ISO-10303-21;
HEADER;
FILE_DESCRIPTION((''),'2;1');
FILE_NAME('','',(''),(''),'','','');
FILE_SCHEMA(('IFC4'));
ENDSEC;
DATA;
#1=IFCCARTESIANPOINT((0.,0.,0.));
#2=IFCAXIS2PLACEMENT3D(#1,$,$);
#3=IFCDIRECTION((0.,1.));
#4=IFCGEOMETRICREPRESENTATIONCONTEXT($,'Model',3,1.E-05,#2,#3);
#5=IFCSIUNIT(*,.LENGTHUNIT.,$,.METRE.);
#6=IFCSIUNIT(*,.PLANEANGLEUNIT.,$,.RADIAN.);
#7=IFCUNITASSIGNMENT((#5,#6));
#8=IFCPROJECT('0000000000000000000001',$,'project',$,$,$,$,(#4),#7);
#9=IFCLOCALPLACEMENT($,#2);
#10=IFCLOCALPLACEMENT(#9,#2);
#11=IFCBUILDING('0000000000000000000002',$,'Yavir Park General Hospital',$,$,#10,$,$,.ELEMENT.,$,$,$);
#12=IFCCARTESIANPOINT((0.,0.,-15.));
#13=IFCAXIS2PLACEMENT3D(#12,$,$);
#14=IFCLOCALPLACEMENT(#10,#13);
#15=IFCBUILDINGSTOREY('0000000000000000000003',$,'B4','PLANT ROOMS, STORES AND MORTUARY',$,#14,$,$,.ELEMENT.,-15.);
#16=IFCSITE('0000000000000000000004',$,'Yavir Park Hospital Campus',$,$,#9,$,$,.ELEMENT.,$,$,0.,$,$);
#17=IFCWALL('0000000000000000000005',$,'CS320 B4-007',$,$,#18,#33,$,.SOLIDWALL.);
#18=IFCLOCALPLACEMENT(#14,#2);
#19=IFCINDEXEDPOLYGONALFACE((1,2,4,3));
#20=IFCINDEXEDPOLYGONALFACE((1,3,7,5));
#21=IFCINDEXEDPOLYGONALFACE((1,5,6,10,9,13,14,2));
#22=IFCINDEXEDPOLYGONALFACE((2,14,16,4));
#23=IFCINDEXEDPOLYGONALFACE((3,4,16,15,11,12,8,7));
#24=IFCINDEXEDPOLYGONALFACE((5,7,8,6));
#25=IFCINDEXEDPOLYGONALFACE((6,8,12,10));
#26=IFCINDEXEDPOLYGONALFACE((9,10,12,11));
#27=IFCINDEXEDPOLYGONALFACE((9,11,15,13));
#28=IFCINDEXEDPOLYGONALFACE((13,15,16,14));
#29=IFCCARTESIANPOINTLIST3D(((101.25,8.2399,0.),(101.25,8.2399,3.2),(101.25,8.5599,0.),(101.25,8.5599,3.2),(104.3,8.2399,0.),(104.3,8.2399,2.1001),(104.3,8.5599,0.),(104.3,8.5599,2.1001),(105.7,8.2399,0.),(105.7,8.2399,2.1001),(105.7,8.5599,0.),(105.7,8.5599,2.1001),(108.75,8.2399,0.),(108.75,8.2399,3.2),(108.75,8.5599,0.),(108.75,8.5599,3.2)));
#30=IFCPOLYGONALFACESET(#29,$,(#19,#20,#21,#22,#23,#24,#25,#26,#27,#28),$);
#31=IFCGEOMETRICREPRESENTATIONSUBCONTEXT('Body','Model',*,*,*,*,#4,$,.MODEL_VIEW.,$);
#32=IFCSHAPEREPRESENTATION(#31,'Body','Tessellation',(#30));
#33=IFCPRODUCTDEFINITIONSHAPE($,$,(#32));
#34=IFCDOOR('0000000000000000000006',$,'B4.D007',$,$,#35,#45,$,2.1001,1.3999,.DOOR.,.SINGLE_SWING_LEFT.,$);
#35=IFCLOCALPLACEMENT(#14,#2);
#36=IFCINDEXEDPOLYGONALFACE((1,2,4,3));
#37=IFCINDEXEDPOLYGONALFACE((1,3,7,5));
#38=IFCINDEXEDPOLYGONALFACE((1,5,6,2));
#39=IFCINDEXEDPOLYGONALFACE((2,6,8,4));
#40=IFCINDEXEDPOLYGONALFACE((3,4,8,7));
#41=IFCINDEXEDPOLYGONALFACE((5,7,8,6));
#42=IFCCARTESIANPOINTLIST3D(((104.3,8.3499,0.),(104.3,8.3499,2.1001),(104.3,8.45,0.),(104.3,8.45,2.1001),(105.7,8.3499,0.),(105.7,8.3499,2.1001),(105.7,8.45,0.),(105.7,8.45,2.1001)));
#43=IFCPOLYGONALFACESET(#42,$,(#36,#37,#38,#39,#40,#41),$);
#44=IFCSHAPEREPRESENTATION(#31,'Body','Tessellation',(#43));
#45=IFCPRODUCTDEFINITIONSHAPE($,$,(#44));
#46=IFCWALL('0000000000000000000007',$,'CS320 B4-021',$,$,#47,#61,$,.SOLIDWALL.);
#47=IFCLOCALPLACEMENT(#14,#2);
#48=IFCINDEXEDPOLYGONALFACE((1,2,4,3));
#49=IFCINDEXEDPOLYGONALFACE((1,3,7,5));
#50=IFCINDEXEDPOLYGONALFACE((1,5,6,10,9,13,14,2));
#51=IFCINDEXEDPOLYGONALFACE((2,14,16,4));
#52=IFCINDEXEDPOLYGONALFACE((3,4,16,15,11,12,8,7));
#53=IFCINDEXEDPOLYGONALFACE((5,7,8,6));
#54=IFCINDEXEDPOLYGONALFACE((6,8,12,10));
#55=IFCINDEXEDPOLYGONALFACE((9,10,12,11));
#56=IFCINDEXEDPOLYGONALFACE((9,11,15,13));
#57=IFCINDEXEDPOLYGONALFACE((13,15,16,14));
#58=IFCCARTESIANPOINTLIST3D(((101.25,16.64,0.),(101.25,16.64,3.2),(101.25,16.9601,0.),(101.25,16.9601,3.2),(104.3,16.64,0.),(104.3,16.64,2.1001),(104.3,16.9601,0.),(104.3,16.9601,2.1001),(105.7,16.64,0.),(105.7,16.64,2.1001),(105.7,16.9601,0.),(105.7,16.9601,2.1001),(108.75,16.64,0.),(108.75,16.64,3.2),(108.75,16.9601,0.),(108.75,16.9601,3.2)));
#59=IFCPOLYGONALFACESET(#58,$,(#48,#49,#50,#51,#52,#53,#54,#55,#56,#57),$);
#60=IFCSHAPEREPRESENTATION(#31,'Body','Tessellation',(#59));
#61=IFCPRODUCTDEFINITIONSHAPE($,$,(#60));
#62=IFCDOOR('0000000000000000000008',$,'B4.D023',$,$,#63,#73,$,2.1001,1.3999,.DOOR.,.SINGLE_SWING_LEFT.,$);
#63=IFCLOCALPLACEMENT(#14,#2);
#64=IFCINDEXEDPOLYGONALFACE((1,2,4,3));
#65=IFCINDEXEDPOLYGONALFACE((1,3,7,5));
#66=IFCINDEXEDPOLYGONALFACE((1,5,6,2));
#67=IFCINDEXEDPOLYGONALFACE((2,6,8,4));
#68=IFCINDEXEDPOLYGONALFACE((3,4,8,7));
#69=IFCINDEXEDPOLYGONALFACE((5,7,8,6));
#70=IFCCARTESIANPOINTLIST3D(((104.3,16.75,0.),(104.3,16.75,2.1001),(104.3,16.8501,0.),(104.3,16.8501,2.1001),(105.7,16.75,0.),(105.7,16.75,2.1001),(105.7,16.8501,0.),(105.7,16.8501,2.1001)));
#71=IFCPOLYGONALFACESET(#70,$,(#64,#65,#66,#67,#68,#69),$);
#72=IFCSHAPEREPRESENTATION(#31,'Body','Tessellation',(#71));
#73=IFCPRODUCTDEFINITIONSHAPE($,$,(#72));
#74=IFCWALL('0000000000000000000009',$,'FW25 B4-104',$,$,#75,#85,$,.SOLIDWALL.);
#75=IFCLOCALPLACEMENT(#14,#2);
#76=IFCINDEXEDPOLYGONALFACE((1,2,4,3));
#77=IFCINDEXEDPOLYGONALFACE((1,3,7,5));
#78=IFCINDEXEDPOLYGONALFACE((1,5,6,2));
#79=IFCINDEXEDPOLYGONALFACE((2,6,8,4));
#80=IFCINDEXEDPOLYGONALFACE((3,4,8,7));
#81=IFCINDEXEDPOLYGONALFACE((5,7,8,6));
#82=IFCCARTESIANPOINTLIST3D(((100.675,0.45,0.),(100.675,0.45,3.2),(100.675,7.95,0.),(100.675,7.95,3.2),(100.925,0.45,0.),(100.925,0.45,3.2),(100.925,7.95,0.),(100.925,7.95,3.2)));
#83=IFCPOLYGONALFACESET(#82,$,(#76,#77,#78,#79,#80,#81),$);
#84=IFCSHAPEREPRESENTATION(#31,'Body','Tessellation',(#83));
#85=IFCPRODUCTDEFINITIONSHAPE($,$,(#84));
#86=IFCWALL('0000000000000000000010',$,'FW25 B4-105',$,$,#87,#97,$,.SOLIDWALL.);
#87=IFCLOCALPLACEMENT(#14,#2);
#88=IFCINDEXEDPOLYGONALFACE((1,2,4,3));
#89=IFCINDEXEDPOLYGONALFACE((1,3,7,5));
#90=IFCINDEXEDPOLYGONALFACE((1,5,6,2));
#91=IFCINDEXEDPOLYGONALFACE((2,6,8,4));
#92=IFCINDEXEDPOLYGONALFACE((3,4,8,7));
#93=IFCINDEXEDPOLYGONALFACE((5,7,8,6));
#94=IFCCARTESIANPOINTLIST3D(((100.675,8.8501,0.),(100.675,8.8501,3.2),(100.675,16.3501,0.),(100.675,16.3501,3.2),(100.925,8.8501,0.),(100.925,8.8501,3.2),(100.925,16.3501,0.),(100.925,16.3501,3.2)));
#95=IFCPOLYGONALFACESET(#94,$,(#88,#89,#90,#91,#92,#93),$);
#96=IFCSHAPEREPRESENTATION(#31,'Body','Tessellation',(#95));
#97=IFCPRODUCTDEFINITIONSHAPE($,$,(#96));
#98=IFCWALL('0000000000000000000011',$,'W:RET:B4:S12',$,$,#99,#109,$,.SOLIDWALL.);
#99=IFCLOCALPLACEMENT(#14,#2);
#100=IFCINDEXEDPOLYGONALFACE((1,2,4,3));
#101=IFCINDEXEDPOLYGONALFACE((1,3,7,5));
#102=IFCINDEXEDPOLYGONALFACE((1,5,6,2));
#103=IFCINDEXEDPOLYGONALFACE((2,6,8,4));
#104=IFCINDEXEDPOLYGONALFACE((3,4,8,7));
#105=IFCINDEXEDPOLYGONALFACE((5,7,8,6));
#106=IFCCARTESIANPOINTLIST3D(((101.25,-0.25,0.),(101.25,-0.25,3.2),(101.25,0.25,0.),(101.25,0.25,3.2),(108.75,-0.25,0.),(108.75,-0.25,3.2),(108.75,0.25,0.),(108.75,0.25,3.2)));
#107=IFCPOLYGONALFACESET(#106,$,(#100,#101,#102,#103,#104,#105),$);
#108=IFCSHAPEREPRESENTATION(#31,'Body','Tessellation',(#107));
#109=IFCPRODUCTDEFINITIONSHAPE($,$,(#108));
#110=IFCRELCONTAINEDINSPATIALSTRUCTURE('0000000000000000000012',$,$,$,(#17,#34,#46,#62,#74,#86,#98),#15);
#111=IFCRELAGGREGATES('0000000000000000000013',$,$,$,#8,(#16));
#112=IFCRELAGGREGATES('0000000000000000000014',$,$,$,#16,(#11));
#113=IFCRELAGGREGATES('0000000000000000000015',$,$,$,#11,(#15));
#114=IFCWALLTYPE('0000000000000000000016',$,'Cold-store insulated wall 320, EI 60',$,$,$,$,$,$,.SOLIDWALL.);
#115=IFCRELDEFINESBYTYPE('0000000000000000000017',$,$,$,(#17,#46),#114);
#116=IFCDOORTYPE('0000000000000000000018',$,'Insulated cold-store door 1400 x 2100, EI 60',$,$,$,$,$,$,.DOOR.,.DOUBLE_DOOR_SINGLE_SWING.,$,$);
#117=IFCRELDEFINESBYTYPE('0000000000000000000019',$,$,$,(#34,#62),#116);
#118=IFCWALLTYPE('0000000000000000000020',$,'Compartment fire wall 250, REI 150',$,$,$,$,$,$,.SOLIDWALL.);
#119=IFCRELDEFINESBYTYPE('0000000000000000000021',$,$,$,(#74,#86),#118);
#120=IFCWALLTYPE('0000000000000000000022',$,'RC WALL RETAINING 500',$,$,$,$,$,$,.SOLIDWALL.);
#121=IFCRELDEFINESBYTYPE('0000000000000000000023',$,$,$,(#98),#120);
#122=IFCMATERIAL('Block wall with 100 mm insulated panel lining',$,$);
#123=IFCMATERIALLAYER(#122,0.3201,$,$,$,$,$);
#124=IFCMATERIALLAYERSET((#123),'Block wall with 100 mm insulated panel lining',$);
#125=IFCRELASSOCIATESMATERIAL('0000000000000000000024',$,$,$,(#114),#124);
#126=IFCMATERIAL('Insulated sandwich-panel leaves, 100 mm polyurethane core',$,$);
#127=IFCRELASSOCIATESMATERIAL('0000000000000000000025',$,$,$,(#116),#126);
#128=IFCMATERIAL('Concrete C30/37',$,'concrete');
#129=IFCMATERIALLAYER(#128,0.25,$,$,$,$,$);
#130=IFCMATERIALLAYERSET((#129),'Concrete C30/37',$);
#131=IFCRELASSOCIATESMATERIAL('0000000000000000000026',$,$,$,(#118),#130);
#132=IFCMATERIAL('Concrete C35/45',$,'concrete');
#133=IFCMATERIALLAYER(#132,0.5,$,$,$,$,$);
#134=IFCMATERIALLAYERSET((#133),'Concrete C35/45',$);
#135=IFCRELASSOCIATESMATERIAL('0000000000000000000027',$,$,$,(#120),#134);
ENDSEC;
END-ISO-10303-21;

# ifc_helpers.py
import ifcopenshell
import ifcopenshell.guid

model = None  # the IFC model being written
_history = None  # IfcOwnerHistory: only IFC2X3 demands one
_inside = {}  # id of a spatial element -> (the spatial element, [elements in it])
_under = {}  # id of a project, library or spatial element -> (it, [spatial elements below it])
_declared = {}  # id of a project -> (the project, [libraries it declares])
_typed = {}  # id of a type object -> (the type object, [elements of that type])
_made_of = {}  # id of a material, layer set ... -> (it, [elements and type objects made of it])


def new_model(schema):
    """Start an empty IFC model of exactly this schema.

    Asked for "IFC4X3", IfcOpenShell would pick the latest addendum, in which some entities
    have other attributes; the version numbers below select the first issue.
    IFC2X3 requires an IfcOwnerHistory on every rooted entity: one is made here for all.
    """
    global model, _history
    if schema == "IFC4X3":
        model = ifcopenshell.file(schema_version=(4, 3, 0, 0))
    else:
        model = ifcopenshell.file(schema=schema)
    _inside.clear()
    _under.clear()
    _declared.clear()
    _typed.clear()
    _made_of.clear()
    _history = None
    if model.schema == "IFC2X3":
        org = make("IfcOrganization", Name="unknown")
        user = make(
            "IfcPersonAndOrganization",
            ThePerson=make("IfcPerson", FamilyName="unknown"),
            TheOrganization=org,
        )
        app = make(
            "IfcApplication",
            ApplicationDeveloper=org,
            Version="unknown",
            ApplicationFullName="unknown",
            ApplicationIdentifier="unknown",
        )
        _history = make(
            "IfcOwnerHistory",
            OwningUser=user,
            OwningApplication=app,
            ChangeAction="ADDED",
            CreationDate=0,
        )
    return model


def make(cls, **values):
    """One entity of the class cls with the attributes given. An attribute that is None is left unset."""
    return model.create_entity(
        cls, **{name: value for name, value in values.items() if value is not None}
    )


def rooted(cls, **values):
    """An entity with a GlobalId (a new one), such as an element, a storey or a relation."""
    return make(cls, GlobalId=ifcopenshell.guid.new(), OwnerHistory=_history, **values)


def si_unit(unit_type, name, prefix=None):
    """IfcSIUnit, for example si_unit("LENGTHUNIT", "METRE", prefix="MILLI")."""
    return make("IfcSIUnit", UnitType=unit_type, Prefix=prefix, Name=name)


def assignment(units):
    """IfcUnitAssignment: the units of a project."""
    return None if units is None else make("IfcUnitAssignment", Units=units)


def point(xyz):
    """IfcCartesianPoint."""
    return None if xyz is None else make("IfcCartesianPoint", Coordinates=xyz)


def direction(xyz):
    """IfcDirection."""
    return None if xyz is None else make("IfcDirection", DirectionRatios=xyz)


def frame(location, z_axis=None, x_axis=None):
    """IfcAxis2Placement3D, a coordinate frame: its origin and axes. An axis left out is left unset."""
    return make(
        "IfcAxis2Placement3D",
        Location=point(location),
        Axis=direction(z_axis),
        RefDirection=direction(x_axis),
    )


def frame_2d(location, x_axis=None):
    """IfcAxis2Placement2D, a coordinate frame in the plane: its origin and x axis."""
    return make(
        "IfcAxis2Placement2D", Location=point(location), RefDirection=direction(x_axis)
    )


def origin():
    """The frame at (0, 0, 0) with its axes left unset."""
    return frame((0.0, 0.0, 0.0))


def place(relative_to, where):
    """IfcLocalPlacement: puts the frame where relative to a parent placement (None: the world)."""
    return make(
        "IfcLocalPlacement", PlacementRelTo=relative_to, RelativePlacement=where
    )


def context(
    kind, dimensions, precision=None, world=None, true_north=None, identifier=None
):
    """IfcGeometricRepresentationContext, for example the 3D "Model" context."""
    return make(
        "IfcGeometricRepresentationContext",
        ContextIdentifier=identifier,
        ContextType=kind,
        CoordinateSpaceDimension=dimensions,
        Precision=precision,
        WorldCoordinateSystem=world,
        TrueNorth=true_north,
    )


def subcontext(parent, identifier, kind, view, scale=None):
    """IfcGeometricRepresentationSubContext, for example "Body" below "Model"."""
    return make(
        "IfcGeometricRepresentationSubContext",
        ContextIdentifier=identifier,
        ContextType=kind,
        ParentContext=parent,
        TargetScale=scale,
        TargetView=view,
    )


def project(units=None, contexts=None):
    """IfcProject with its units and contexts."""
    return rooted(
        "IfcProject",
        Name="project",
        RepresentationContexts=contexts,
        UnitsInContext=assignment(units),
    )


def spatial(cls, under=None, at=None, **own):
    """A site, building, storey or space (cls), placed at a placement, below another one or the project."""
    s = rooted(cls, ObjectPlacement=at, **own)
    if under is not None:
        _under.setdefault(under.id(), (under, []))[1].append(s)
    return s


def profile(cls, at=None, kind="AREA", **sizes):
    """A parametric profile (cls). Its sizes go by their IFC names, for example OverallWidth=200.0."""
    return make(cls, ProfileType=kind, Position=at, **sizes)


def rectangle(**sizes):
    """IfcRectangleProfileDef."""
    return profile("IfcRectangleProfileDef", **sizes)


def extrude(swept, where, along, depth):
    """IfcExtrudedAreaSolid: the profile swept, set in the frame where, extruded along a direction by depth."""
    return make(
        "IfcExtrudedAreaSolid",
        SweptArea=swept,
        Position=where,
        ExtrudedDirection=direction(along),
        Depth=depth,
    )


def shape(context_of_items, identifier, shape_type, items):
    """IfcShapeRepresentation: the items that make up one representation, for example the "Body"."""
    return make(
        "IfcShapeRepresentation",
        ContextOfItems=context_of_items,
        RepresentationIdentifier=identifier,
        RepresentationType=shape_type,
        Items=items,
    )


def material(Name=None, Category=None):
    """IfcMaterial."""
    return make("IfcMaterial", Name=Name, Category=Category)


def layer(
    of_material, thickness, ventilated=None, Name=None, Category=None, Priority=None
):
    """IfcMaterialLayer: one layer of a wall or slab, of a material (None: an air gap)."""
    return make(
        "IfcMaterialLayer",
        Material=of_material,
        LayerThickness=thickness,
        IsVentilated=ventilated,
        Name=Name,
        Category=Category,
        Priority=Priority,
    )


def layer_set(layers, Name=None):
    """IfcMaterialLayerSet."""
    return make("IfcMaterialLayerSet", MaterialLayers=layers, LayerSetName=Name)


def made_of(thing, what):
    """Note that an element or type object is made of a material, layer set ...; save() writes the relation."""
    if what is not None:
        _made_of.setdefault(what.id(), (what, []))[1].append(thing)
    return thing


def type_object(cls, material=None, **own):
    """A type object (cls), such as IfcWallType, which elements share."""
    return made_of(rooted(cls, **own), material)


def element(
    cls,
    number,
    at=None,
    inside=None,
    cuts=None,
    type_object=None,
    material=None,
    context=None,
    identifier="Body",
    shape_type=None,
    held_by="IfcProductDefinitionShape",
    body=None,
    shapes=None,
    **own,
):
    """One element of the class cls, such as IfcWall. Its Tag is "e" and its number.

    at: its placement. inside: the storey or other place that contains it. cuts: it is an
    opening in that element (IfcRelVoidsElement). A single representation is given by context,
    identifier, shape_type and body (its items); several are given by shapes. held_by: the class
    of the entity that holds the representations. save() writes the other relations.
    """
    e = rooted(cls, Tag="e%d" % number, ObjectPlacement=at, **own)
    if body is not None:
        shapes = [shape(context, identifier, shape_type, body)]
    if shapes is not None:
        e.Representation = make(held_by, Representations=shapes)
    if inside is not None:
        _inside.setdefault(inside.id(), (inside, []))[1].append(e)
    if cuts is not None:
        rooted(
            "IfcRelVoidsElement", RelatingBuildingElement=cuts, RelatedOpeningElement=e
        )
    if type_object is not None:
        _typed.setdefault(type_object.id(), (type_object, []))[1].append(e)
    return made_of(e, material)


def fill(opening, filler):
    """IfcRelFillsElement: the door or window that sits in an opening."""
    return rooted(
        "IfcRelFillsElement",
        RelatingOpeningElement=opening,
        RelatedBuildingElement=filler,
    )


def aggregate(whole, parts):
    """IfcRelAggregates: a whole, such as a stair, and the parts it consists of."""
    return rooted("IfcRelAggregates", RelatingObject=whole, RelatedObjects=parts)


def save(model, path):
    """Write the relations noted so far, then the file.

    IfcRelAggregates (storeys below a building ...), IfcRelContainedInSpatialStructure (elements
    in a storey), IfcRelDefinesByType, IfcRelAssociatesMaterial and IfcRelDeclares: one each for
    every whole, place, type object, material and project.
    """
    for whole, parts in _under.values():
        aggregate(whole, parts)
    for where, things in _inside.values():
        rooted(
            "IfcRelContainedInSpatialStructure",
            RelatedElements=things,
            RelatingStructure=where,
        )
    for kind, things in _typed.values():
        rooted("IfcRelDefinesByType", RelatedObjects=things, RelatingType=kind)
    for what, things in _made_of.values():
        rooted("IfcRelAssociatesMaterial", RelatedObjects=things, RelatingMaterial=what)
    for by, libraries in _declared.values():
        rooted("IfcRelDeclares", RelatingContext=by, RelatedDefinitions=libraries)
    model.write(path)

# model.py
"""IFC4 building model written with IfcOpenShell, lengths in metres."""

from ifc_helpers import new_model, si_unit, direction, frame, frame_2d, origin, place, context, subcontext, project, spatial, rectangle, extrude, material, layer, layer_set, type_object, element, fill, save


model = new_model("IFC4")

# Units and contexts
model_context = context("Model", 3, precision=1e-05, world=origin(), true_north=direction((0.0, 1.0)))
body_context = subcontext(model_context, "Body", "Model", "MODEL_VIEW")
ifc_project = project(units=[si_unit("LENGTHUNIT", "METRE"), si_unit("PLANEANGLEUNIT", "RADIAN")], contexts=[model_context])

# Site, building, storey
site_placement = place(None, origin())
site = spatial("IfcSite", under=ifc_project, at=site_placement, Name="Yavir Park Hospital Campus", CompositionType="ELEMENT", RefElevation=0.0)
building_placement = place(site_placement, origin())
building = spatial("IfcBuilding", under=site, at=building_placement, Name="Yavir Park General Hospital", CompositionType="ELEMENT")
storey_placement = place(building_placement, frame((0.0, 0.0, -15.0)))
storey = spatial("IfcBuildingStorey", under=building, at=storey_placement, Name="B4", Description="PLANT ROOMS, STORES AND MORTUARY", CompositionType="ELEMENT", Elevation=-15.0)

# Walls, openings, doors
ifc_material_1 = material(Name="Block wall with 100 mm insulated panel lining")
ifc_layer_1 = layer(ifc_material_1, 0.3201)
ifc_layer_set_1 = layer_set([ifc_layer_1], Name="Block wall with 100 mm insulated panel lining")
wall_type_1 = type_object("IfcWallType", Name="Cold-store insulated wall 320, EI 60", PredefinedType="SOLIDWALL", material=ifc_layer_set_1)
wall_1_placement = place(storey_placement, frame((101.25, 8.3999, 0.0), z_axis=(0.0, 0.0, 1.0), x_axis=(1.0, 0.0, 0.0)))
wall_1 = element("IfcWall", 1, at=wall_1_placement, inside=storey, type_object=wall_type_1, Name="CS320 B4-007", PredefinedType="SOLIDWALL", context=body_context, shape_type="SweptSolid", body=[
    extrude(rectangle(XDim=7.5, YDim=0.3201, at=frame_2d((3.75, 0.0))), origin(), (0.0, 0.0, 1.0), 3.2),
])
opening_1_placement = place(wall_1_placement, frame((3.05, 0.0, 0.0)))
opening_1 = element("IfcOpeningElement", 2, at=opening_1_placement, cuts=wall_1, PredefinedType="OPENING", context=body_context, shape_type="SweptSolid", body=[
    extrude(rectangle(XDim=1.3999, YDim=2.1001, at=frame_2d((0.7, 1.05))), frame((0.0, 0.1699, 0.0), z_axis=(0.0, -1.0, 0.0), x_axis=(1.0, 0.0, 0.0)), (0.0, 0.0, 1.0), 0.3401),
])
ifc_material_2 = material(Name="Insulated sandwich-panel leaves, 100 mm polyurethane core")
door_type_1 = type_object("IfcDoorType", Name="Insulated cold-store door 1400 x 2100, EI 60", OperationType="DOUBLE_DOOR_SINGLE_SWING", PredefinedType="DOOR", material=ifc_material_2)
door_1_placement = place(opening_1_placement, origin())
door_1 = element("IfcDoor", 3, at=door_1_placement, inside=storey, type_object=door_type_1, Name="B4.D007", OperationType="SINGLE_SWING_LEFT", OverallHeight=2.1001, OverallWidth=1.3999, PredefinedType="DOOR", context=body_context, shape_type="SweptSolid", body=[
    extrude(rectangle(XDim=1.3999, YDim=2.1001, at=frame_2d((0.7, 1.05))), frame((0.0, 0.05, 0.0), z_axis=(0.0, -1.0, 0.0), x_axis=(1.0, 0.0, 0.0)), (0.0, 0.0, 1.0), 0.1001),
])
fill(opening_1, door_1)
wall_2_placement = place(storey_placement, frame((101.25, 16.8, 0.0), z_axis=(0.0, 0.0, 1.0), x_axis=(1.0, 0.0, 0.0)))
wall_2 = element("IfcWall", 4, at=wall_2_placement, inside=storey, type_object=wall_type_1, Name="CS320 B4-021", PredefinedType="SOLIDWALL", context=body_context, shape_type="SweptSolid", body=[
    extrude(rectangle(XDim=7.5, YDim=0.3201, at=frame_2d((3.75, 0.0))), origin(), (0.0, 0.0, 1.0), 3.2),
])
opening_2_placement = place(wall_2_placement, frame((3.05, 0.0, 0.0)))
opening_2 = element("IfcOpeningElement", 5, at=opening_2_placement, cuts=wall_2, PredefinedType="OPENING", context=body_context, shape_type="SweptSolid", body=[
    extrude(rectangle(XDim=1.3999, YDim=2.1001, at=frame_2d((0.7, 1.05))), frame((0.0, 0.1699, 0.0), z_axis=(0.0, -1.0, 0.0), x_axis=(1.0, 0.0, 0.0)), (0.0, 0.0, 1.0), 0.3401),
])
door_2_placement = place(opening_2_placement, origin())
door_2 = element("IfcDoor", 6, at=door_2_placement, inside=storey, type_object=door_type_1, Name="B4.D023", OperationType="SINGLE_SWING_LEFT", OverallHeight=2.1001, OverallWidth=1.3999, PredefinedType="DOOR", context=body_context, shape_type="SweptSolid", body=[
    extrude(rectangle(XDim=1.3999, YDim=2.1001, at=frame_2d((0.7, 1.05))), frame((0.0, 0.05, 0.0), z_axis=(0.0, -1.0, 0.0), x_axis=(1.0, 0.0, 0.0)), (0.0, 0.0, 1.0), 0.1001),
])
fill(opening_2, door_2)

# Walls
ifc_material_3 = material(Name="Concrete C30/37", Category="concrete")
ifc_layer_2 = layer(ifc_material_3, 0.25)
ifc_layer_set_2 = layer_set([ifc_layer_2], Name="Concrete C30/37")
wall_type_2 = type_object("IfcWallType", Name="Compartment fire wall 250, REI 150", PredefinedType="SOLIDWALL", material=ifc_layer_set_2)
for number, where, z_axis, x_axis, name in (
    (7, (100.8, 0.45, 0.0), (0.0, 0.0, 1.0), (0.0, 1.0, 0.0), "FW25 B4-104"),
    (8, (100.8, 8.8501, 0.0), (0.0, 0.0, 1.0), (0.0, 1.0, 0.0), "FW25 B4-105"),
):
    element("IfcWall", number, at=place(storey_placement, frame(where, z_axis=z_axis, x_axis=x_axis)), inside=storey, type_object=wall_type_2, Name=name, PredefinedType="SOLIDWALL", context=body_context, shape_type="SweptSolid", body=[
        extrude(rectangle(XDim=7.5, YDim=0.25, at=frame_2d((3.75, 0.0))), origin(), (0.0, 0.0, 1.0), 3.2),
    ])

# Wall
ifc_material_4 = material(Name="Concrete C35/45", Category="concrete")
ifc_layer_3 = layer(ifc_material_4, 0.5)
ifc_layer_set_3 = layer_set([ifc_layer_3], Name="Concrete C35/45")
wall_type_3 = type_object("IfcWallType", Name="RC WALL RETAINING 500", PredefinedType="SOLIDWALL", material=ifc_layer_set_3)
wall_3_placement = place(storey_placement, frame((101.25, 0.0, 0.0), z_axis=(0.0, 0.0, 1.0), x_axis=(1.0, 0.0, 0.0)))
element("IfcWall", 9, at=wall_3_placement, inside=storey, type_object=wall_type_3, Name="W:RET:B4:S12", PredefinedType="SOLIDWALL", context=body_context, shape_type="SweptSolid", body=[
    extrude(rectangle(XDim=7.5, YDim=0.5, at=frame_2d((3.75, 0.0))), origin(), (0.0, 0.0, 1.0), 3.2),
])

save(model, "model.ifc")
